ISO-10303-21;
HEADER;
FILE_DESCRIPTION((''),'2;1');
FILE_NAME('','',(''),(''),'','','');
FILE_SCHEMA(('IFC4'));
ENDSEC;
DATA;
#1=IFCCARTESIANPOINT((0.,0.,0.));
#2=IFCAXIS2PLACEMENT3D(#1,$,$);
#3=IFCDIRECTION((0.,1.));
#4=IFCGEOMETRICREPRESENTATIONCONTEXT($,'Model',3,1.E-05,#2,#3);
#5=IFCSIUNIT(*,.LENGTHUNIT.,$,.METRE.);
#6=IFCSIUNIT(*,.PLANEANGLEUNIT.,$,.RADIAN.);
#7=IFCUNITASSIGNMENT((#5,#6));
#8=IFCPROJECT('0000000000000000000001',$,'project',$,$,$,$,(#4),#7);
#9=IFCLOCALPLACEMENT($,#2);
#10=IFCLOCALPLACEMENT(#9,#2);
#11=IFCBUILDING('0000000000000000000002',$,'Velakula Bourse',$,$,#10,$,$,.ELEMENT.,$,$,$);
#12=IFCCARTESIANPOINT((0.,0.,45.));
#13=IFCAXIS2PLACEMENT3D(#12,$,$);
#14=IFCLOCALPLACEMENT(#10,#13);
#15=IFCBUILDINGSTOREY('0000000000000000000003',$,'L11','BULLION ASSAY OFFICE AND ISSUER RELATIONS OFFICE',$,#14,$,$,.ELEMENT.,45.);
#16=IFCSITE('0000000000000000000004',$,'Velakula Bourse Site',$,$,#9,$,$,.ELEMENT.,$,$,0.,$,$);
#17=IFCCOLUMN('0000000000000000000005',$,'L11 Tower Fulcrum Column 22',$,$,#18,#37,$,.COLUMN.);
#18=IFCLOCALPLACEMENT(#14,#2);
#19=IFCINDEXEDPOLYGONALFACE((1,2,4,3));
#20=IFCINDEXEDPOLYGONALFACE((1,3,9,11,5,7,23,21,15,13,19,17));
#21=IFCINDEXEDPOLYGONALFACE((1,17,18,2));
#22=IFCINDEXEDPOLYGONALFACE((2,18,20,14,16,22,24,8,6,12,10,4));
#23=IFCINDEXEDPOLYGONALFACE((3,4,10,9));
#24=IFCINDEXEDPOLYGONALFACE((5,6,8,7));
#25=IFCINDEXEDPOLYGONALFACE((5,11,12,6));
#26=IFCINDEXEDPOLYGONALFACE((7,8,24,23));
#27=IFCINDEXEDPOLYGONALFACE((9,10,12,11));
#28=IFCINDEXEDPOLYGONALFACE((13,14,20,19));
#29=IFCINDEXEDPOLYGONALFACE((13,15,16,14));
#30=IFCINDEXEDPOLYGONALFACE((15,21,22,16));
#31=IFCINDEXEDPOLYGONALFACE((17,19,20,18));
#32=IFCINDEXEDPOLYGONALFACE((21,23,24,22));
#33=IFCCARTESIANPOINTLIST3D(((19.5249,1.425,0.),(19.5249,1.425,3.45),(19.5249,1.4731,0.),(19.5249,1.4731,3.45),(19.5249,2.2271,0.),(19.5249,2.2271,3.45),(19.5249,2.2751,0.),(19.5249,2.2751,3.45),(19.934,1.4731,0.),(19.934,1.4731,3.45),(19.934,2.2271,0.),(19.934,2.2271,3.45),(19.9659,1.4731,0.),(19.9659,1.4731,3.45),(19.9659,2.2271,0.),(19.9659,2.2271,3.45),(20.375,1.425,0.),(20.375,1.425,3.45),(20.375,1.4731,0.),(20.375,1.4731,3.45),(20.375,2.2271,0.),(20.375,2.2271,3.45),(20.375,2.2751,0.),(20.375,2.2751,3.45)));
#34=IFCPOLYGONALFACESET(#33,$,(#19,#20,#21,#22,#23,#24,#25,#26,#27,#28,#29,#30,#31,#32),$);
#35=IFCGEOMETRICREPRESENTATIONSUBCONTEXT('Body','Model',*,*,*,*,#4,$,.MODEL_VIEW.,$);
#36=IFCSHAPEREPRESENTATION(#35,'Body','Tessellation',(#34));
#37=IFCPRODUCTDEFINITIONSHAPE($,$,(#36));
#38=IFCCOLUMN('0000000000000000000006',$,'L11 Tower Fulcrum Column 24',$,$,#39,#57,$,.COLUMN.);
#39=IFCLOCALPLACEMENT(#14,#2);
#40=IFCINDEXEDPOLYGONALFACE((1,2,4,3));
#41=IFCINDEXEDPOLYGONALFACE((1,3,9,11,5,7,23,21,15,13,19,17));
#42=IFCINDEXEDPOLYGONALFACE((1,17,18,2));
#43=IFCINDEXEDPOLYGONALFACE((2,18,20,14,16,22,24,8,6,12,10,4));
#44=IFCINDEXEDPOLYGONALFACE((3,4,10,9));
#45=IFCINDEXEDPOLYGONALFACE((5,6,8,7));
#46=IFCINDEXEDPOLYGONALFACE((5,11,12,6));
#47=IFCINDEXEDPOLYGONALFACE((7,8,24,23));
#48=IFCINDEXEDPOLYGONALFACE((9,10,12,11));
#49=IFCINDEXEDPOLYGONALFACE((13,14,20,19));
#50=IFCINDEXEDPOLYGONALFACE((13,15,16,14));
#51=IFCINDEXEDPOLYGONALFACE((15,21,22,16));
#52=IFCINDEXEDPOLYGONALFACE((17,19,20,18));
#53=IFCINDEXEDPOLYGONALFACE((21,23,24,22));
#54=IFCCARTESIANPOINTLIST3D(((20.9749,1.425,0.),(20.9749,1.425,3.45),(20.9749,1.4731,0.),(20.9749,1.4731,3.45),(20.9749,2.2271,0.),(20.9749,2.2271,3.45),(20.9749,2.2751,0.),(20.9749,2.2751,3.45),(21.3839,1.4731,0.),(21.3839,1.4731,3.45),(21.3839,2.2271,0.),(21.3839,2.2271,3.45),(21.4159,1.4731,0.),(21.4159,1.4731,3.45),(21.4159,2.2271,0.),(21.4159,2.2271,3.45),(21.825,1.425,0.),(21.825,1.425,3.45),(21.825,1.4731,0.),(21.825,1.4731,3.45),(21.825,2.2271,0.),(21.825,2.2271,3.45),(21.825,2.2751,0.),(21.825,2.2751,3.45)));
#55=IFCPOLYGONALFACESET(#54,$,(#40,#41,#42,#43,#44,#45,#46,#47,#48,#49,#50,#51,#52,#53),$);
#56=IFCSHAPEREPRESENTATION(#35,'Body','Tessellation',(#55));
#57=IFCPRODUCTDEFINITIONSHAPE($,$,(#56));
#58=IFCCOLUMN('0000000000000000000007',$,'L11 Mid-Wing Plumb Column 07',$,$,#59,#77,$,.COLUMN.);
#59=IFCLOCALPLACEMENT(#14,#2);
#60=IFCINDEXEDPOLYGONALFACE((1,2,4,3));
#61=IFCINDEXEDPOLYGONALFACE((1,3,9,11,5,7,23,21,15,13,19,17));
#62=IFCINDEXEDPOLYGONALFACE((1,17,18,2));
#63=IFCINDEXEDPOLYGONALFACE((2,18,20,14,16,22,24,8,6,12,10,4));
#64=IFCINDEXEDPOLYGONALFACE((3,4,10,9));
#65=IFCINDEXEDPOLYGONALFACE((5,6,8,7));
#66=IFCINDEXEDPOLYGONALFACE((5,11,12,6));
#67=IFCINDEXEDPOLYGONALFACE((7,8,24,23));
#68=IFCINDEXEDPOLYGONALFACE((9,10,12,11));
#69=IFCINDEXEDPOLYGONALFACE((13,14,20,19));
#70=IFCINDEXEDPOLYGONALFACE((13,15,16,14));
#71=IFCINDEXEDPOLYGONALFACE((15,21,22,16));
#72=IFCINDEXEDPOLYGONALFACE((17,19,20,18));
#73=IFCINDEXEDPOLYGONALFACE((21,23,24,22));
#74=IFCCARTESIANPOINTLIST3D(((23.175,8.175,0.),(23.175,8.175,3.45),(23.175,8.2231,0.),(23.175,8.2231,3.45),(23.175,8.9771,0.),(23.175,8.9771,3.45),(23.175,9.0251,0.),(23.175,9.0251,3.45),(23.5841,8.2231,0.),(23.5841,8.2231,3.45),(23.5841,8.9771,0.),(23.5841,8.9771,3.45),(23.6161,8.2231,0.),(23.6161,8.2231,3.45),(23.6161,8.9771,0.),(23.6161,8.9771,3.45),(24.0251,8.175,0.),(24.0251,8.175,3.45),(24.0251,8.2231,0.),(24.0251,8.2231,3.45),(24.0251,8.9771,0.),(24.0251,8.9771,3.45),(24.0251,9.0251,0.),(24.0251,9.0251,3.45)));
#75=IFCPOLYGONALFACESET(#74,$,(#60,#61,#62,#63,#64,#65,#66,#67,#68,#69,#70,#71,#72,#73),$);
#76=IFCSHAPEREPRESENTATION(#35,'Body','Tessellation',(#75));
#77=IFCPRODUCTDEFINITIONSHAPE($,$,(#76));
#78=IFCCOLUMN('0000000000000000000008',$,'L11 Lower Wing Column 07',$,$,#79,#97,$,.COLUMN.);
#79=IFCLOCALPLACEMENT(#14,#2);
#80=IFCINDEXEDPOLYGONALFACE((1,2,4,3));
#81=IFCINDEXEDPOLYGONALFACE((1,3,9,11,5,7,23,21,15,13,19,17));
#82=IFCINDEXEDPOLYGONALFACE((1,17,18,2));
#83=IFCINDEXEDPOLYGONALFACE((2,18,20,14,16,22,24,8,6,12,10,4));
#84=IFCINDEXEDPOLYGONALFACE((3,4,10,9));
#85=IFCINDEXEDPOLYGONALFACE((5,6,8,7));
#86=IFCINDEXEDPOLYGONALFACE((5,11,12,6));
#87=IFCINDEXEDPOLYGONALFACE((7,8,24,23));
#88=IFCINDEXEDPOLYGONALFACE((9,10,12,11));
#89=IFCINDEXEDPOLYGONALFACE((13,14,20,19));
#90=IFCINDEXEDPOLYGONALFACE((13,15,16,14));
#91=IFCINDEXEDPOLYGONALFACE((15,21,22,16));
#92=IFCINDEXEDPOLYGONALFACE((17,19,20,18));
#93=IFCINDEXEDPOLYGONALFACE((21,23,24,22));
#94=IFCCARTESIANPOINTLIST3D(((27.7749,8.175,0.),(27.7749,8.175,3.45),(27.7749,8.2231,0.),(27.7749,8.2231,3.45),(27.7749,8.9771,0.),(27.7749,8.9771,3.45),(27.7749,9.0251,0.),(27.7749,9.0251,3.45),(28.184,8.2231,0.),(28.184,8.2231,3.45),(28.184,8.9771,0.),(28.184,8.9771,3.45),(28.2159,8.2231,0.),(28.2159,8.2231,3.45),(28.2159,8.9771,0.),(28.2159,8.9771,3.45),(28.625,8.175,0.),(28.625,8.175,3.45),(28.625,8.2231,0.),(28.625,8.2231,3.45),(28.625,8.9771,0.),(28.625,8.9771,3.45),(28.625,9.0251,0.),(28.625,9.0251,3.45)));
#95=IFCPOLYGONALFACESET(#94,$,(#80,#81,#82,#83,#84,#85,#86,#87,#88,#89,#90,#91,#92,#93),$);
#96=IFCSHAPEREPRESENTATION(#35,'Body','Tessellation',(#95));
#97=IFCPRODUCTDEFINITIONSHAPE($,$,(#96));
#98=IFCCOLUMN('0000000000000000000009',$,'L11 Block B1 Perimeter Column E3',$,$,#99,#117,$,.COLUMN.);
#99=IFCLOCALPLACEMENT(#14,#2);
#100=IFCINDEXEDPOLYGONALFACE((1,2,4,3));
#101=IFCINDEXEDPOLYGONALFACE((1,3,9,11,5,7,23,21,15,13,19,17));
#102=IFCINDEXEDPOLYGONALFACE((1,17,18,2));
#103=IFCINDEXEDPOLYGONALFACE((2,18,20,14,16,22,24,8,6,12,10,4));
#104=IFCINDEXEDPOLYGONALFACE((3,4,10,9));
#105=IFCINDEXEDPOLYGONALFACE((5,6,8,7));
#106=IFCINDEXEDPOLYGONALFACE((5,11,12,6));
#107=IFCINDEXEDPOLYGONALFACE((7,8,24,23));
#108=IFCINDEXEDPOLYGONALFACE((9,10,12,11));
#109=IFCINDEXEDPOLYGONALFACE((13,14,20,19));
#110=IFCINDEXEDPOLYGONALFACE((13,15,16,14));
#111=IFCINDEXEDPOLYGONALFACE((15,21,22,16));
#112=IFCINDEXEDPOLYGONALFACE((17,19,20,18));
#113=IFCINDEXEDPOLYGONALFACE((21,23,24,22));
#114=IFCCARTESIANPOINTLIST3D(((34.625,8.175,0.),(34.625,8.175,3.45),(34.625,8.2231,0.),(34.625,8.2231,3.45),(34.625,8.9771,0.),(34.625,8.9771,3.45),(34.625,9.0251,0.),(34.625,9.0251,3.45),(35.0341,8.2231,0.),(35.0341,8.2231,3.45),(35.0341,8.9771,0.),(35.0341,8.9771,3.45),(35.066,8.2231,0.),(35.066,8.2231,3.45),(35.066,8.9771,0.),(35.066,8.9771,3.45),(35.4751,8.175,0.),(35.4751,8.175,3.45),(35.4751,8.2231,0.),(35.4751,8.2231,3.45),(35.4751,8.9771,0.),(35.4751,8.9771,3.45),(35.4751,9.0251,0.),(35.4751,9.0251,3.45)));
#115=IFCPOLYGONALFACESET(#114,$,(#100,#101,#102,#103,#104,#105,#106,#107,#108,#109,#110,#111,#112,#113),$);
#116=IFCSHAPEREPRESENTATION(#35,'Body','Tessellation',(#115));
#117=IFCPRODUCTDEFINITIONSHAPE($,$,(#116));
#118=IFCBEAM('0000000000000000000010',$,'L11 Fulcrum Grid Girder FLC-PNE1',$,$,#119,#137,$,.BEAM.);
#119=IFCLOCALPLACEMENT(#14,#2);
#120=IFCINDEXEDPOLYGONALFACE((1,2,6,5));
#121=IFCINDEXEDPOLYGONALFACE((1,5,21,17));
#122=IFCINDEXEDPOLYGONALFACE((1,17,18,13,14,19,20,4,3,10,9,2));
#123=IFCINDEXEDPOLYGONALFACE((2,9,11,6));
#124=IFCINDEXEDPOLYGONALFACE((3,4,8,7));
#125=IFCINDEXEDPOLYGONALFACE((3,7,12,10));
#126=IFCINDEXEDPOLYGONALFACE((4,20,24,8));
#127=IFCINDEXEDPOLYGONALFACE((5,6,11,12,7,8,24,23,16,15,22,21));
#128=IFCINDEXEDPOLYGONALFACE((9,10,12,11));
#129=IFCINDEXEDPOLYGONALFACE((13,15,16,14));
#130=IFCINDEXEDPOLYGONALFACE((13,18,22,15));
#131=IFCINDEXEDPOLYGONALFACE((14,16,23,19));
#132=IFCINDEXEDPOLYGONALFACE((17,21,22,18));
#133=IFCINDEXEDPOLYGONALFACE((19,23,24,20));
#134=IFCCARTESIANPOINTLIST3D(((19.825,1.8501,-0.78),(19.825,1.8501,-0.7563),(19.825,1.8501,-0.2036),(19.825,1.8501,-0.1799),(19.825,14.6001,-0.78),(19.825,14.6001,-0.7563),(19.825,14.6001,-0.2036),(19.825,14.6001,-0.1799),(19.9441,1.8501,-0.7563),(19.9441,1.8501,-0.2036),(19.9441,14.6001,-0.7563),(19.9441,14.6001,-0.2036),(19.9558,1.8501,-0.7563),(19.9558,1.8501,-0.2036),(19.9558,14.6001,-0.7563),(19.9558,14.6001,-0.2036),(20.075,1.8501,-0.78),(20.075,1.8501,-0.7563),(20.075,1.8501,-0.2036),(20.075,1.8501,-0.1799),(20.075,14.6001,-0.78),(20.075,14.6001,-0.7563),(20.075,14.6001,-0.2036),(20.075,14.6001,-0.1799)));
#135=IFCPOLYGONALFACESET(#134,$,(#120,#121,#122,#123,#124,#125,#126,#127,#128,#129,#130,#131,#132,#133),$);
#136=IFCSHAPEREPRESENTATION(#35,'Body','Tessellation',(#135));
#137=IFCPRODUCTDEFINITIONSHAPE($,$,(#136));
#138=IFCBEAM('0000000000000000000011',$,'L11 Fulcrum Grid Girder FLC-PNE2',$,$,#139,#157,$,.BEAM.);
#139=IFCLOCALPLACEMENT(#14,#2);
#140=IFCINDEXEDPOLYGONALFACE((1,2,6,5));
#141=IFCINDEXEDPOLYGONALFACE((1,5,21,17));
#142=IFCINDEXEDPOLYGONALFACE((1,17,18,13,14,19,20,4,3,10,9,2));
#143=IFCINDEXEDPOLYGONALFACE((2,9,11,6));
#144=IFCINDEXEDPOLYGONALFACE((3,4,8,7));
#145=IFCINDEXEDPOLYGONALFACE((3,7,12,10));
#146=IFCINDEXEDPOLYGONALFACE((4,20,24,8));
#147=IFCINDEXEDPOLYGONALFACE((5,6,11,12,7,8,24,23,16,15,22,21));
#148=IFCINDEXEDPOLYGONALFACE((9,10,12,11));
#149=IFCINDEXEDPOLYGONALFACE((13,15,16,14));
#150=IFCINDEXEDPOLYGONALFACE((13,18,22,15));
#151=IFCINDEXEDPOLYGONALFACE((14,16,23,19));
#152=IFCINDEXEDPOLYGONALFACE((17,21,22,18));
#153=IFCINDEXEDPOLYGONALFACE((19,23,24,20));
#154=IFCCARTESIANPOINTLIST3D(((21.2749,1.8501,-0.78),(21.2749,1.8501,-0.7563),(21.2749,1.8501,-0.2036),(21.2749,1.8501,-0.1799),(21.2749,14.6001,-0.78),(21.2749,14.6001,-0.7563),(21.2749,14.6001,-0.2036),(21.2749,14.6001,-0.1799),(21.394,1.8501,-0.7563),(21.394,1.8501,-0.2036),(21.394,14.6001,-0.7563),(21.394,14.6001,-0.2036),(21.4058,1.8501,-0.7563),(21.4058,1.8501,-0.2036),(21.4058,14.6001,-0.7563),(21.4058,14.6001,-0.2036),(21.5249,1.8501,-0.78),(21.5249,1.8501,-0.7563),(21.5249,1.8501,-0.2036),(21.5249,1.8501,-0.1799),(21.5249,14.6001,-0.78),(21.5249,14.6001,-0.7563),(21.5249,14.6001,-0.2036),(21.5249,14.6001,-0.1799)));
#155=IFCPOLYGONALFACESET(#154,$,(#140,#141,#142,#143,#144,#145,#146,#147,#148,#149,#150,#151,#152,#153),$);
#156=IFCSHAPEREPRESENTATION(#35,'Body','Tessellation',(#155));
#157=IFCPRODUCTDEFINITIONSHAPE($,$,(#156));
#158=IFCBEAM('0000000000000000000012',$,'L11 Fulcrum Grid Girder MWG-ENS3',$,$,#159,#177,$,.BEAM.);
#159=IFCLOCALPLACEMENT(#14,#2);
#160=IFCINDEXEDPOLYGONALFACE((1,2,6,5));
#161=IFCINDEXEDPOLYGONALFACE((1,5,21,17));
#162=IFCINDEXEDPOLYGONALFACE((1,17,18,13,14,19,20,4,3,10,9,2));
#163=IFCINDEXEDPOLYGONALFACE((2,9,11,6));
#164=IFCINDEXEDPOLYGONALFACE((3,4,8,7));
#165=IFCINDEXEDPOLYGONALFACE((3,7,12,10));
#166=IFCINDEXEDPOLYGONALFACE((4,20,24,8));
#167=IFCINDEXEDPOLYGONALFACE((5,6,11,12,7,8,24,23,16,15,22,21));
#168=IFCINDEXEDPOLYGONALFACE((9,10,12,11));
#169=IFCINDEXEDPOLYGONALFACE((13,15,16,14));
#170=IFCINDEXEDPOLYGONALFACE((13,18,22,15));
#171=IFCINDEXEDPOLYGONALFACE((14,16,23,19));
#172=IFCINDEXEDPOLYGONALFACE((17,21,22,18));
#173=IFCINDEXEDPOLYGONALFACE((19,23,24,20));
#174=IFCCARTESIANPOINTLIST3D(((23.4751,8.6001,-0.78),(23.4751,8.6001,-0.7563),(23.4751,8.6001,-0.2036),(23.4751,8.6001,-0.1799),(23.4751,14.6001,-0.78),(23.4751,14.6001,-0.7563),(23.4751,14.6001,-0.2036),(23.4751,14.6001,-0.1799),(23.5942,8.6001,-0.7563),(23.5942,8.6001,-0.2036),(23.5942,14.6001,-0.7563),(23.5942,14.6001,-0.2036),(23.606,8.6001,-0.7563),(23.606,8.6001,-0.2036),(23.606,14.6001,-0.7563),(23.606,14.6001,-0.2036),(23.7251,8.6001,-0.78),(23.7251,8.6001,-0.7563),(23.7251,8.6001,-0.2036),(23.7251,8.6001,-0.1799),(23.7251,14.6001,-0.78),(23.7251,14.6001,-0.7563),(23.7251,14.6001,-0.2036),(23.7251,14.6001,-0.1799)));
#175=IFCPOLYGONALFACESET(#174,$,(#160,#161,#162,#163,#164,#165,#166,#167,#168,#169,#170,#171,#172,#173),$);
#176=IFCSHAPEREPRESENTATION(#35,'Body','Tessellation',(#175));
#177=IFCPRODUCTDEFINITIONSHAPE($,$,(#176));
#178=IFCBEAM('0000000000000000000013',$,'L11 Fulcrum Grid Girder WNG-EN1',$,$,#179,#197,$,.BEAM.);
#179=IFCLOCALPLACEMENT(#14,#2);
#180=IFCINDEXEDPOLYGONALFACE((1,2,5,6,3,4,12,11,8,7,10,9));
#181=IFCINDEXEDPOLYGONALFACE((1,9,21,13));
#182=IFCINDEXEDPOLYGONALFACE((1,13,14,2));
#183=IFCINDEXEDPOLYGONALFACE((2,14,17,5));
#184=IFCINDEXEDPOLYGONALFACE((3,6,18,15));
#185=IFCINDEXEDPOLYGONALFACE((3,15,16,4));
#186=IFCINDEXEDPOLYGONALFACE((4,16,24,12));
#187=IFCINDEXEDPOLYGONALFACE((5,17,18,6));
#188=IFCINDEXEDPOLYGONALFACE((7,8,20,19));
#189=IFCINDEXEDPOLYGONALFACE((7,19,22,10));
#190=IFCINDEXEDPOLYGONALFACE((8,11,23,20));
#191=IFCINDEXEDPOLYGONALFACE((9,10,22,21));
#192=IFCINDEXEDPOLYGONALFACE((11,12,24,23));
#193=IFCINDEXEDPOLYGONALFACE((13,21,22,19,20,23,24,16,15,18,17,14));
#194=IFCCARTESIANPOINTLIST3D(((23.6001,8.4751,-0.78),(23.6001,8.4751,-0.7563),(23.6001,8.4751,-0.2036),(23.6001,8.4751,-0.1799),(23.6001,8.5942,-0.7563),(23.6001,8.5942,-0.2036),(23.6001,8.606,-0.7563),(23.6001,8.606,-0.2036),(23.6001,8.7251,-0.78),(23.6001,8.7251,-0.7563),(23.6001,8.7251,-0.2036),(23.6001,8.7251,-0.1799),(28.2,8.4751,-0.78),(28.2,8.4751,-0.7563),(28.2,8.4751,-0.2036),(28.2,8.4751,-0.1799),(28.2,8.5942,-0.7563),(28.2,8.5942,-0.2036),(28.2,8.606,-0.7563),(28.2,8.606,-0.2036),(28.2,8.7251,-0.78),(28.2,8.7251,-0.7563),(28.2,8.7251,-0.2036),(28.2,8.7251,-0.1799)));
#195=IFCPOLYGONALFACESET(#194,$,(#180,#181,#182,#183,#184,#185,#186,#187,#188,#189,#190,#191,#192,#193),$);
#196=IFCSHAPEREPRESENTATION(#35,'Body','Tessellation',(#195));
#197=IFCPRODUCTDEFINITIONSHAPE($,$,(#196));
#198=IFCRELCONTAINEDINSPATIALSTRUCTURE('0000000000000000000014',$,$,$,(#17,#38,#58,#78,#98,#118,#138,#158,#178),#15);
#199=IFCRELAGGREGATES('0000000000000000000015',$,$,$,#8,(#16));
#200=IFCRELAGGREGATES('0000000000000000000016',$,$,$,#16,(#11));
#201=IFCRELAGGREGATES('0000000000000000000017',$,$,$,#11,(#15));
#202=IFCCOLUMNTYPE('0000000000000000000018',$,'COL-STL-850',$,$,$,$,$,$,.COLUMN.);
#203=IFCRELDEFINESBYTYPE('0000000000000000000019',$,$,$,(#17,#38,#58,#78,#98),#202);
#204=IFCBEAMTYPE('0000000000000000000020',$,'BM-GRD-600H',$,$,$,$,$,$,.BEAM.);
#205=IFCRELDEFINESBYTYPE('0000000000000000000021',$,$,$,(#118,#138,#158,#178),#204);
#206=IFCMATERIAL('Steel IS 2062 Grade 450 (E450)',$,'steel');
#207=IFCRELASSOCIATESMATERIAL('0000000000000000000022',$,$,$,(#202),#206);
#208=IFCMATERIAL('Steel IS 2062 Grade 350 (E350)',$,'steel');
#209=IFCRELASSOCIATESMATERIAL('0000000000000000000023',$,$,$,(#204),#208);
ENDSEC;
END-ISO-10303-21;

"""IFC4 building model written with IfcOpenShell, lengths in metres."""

from ifc_helpers import new_model, si_unit, direction, frame, origin, origin_2d, place, context, subcontext, project, spatial, i_section, extrude, material, material_profile, profile_set, type_object, element, save


model = new_model("IFC4")

# Units and contexts
model_context = context("Model", 3, precision=1e-05, world=origin(), true_north=direction((0.0, 1.0)))
body_context = subcontext(model_context, "Body", "Model", "MODEL_VIEW")
ifc_project = project(units=[si_unit("LENGTHUNIT", "METRE"), si_unit("PLANEANGLEUNIT", "RADIAN")], contexts=[model_context])

# Site, building, storey
site_placement = place(None, origin())
site = spatial("IfcSite", under=ifc_project, at=site_placement, Name="Velakula Bourse Site", CompositionType="ELEMENT", RefElevation=0.0)
building_placement = place(site_placement, origin())
building = spatial("IfcBuilding", under=site, at=building_placement, Name="Velakula Bourse", CompositionType="ELEMENT")
storey_placement = place(building_placement, frame((0.0, 0.0, 45.0)))
storey = spatial("IfcBuildingStorey", under=building, at=storey_placement, Name="L11", Description="BULLION ASSAY OFFICE AND ISSUER RELATIONS OFFICE", CompositionType="ELEMENT", Elevation=45.0)

# Columns
ifc_material_1 = material(Name="Steel IS 2062 Grade 450 (E450)", Category="steel")
ifc_material_profile_1 = material_profile(ifc_material_1, i_section(OverallWidth=0.8501, OverallDepth=0.8501, WebThickness=0.032, FlangeThickness=0.0481, at=origin_2d()), Name="Steel IS 2062 Grade 450 (E450)")
ifc_profile_set_1 = profile_set([ifc_material_profile_1], Name="Steel IS 2062 Grade 450 (E450)")
column_type = type_object("IfcColumnType", Name="COL-STL-850", PredefinedType="COLUMN", material=ifc_profile_set_1)
for number, where, z_axis, x_axis, name in (
    (1, (19.95, 1.8501, 0.0), (0.0, 0.0, 1.0), (1.0, 0.0, 0.0), "L11 Tower Fulcrum Column 22"),
    (2, (21.3999, 1.8501, 0.0), (0.0, 0.0, 1.0), (1.0, 0.0, 0.0), "L11 Tower Fulcrum Column 24"),
    (3, (23.6001, 8.6001, 0.0), (0.0, 0.0, 1.0), (1.0, 0.0, 0.0), "L11 Mid-Wing Plumb Column 07"),
    (4, (28.2, 8.6001, 0.0), (0.0, 0.0, 1.0), (1.0, 0.0, 0.0), "L11 Lower Wing Column 07"),
    (5, (35.05, 8.6001, 0.0), (0.0, 0.0, 1.0), (1.0, 0.0, 0.0), "L11 Block B1 Perimeter Column E3"),
):
    element("IfcColumn", number, at=place(storey_placement, frame(where, z_axis=z_axis, x_axis=x_axis)), inside=storey, type_object=column_type, Name=name, PredefinedType="COLUMN", context=body_context, shape_type="SweptSolid", body=[
        extrude(i_section(OverallWidth=0.8501, OverallDepth=0.8501, WebThickness=0.032, FlangeThickness=0.0481, at=origin_2d()), origin(), (0.0, 0.0, 1.0), 3.45),
    ])

# Beams
ifc_material_2 = material(Name="Steel IS 2062 Grade 350 (E350)", Category="steel")
ifc_material_profile_2 = material_profile(ifc_material_2, i_section(OverallWidth=0.25, OverallDepth=0.6001, WebThickness=0.0117, FlangeThickness=0.0237, at=origin_2d()), Name="Steel IS 2062 Grade 350 (E350)")
ifc_profile_set_2 = profile_set([ifc_material_profile_2], Name="Steel IS 2062 Grade 350 (E350)")
beam_type_1 = type_object("IfcBeamType", Name="BM-GRD-600H", PredefinedType="BEAM", material=ifc_profile_set_2)
for number, where, z_axis, x_axis, name in (
    (6, (19.95, 1.8501, -0.48), (0.0, 1.0, 0.0), (-1.0, 0.0, 0.0), "L11 Fulcrum Grid Girder FLC-PNE1"),
    (7, (21.3999, 1.8501, -0.48), (0.0, 1.0, 0.0), (-1.0, 0.0, 0.0), "L11 Fulcrum Grid Girder FLC-PNE2"),
):
    element("IfcBeam", number, at=place(storey_placement, frame(where, z_axis=z_axis, x_axis=x_axis)), inside=storey, type_object=beam_type_1, Name=name, PredefinedType="BEAM", context=body_context, shape_type="SweptSolid", body=[
        extrude(i_section(OverallWidth=0.25, OverallDepth=0.6001, WebThickness=0.0117, FlangeThickness=0.0237, at=origin_2d()), origin(), (0.0, 0.0, 1.0), 12.75),
    ])
beam_1_placement = place(storey_placement, frame((23.6001, 8.6001, -0.48), z_axis=(0.0, 1.0, 0.0), x_axis=(-1.0, 0.0, 0.0)))
element("IfcBeam", 8, at=beam_1_placement, inside=storey, type_object=beam_type_1, Name="L11 Fulcrum Grid Girder MWG-ENS3", PredefinedType="BEAM", context=body_context, shape_type="SweptSolid", body=[
    extrude(i_section(OverallWidth=0.25, OverallDepth=0.6001, WebThickness=0.0117, FlangeThickness=0.0237, at=origin_2d()), origin(), (0.0, 0.0, 1.0), 6.0),
])
beam_2_placement = place(storey_placement, frame((23.6001, 8.6001, -0.48), z_axis=(1.0, 0.0, 0.0), x_axis=(0.0, 1.0, 0.0)))
element("IfcBeam", 9, at=beam_2_placement, inside=storey, type_object=beam_type_1, Name="L11 Fulcrum Grid Girder WNG-EN1", PredefinedType="BEAM", context=body_context, shape_type="SweptSolid", body=[
    extrude(i_section(OverallWidth=0.25, OverallDepth=0.6001, WebThickness=0.0117, FlangeThickness=0.0237, at=origin_2d()), origin(), (0.0, 0.0, 1.0), 4.5999),
])

save(model, "model.ifc")
